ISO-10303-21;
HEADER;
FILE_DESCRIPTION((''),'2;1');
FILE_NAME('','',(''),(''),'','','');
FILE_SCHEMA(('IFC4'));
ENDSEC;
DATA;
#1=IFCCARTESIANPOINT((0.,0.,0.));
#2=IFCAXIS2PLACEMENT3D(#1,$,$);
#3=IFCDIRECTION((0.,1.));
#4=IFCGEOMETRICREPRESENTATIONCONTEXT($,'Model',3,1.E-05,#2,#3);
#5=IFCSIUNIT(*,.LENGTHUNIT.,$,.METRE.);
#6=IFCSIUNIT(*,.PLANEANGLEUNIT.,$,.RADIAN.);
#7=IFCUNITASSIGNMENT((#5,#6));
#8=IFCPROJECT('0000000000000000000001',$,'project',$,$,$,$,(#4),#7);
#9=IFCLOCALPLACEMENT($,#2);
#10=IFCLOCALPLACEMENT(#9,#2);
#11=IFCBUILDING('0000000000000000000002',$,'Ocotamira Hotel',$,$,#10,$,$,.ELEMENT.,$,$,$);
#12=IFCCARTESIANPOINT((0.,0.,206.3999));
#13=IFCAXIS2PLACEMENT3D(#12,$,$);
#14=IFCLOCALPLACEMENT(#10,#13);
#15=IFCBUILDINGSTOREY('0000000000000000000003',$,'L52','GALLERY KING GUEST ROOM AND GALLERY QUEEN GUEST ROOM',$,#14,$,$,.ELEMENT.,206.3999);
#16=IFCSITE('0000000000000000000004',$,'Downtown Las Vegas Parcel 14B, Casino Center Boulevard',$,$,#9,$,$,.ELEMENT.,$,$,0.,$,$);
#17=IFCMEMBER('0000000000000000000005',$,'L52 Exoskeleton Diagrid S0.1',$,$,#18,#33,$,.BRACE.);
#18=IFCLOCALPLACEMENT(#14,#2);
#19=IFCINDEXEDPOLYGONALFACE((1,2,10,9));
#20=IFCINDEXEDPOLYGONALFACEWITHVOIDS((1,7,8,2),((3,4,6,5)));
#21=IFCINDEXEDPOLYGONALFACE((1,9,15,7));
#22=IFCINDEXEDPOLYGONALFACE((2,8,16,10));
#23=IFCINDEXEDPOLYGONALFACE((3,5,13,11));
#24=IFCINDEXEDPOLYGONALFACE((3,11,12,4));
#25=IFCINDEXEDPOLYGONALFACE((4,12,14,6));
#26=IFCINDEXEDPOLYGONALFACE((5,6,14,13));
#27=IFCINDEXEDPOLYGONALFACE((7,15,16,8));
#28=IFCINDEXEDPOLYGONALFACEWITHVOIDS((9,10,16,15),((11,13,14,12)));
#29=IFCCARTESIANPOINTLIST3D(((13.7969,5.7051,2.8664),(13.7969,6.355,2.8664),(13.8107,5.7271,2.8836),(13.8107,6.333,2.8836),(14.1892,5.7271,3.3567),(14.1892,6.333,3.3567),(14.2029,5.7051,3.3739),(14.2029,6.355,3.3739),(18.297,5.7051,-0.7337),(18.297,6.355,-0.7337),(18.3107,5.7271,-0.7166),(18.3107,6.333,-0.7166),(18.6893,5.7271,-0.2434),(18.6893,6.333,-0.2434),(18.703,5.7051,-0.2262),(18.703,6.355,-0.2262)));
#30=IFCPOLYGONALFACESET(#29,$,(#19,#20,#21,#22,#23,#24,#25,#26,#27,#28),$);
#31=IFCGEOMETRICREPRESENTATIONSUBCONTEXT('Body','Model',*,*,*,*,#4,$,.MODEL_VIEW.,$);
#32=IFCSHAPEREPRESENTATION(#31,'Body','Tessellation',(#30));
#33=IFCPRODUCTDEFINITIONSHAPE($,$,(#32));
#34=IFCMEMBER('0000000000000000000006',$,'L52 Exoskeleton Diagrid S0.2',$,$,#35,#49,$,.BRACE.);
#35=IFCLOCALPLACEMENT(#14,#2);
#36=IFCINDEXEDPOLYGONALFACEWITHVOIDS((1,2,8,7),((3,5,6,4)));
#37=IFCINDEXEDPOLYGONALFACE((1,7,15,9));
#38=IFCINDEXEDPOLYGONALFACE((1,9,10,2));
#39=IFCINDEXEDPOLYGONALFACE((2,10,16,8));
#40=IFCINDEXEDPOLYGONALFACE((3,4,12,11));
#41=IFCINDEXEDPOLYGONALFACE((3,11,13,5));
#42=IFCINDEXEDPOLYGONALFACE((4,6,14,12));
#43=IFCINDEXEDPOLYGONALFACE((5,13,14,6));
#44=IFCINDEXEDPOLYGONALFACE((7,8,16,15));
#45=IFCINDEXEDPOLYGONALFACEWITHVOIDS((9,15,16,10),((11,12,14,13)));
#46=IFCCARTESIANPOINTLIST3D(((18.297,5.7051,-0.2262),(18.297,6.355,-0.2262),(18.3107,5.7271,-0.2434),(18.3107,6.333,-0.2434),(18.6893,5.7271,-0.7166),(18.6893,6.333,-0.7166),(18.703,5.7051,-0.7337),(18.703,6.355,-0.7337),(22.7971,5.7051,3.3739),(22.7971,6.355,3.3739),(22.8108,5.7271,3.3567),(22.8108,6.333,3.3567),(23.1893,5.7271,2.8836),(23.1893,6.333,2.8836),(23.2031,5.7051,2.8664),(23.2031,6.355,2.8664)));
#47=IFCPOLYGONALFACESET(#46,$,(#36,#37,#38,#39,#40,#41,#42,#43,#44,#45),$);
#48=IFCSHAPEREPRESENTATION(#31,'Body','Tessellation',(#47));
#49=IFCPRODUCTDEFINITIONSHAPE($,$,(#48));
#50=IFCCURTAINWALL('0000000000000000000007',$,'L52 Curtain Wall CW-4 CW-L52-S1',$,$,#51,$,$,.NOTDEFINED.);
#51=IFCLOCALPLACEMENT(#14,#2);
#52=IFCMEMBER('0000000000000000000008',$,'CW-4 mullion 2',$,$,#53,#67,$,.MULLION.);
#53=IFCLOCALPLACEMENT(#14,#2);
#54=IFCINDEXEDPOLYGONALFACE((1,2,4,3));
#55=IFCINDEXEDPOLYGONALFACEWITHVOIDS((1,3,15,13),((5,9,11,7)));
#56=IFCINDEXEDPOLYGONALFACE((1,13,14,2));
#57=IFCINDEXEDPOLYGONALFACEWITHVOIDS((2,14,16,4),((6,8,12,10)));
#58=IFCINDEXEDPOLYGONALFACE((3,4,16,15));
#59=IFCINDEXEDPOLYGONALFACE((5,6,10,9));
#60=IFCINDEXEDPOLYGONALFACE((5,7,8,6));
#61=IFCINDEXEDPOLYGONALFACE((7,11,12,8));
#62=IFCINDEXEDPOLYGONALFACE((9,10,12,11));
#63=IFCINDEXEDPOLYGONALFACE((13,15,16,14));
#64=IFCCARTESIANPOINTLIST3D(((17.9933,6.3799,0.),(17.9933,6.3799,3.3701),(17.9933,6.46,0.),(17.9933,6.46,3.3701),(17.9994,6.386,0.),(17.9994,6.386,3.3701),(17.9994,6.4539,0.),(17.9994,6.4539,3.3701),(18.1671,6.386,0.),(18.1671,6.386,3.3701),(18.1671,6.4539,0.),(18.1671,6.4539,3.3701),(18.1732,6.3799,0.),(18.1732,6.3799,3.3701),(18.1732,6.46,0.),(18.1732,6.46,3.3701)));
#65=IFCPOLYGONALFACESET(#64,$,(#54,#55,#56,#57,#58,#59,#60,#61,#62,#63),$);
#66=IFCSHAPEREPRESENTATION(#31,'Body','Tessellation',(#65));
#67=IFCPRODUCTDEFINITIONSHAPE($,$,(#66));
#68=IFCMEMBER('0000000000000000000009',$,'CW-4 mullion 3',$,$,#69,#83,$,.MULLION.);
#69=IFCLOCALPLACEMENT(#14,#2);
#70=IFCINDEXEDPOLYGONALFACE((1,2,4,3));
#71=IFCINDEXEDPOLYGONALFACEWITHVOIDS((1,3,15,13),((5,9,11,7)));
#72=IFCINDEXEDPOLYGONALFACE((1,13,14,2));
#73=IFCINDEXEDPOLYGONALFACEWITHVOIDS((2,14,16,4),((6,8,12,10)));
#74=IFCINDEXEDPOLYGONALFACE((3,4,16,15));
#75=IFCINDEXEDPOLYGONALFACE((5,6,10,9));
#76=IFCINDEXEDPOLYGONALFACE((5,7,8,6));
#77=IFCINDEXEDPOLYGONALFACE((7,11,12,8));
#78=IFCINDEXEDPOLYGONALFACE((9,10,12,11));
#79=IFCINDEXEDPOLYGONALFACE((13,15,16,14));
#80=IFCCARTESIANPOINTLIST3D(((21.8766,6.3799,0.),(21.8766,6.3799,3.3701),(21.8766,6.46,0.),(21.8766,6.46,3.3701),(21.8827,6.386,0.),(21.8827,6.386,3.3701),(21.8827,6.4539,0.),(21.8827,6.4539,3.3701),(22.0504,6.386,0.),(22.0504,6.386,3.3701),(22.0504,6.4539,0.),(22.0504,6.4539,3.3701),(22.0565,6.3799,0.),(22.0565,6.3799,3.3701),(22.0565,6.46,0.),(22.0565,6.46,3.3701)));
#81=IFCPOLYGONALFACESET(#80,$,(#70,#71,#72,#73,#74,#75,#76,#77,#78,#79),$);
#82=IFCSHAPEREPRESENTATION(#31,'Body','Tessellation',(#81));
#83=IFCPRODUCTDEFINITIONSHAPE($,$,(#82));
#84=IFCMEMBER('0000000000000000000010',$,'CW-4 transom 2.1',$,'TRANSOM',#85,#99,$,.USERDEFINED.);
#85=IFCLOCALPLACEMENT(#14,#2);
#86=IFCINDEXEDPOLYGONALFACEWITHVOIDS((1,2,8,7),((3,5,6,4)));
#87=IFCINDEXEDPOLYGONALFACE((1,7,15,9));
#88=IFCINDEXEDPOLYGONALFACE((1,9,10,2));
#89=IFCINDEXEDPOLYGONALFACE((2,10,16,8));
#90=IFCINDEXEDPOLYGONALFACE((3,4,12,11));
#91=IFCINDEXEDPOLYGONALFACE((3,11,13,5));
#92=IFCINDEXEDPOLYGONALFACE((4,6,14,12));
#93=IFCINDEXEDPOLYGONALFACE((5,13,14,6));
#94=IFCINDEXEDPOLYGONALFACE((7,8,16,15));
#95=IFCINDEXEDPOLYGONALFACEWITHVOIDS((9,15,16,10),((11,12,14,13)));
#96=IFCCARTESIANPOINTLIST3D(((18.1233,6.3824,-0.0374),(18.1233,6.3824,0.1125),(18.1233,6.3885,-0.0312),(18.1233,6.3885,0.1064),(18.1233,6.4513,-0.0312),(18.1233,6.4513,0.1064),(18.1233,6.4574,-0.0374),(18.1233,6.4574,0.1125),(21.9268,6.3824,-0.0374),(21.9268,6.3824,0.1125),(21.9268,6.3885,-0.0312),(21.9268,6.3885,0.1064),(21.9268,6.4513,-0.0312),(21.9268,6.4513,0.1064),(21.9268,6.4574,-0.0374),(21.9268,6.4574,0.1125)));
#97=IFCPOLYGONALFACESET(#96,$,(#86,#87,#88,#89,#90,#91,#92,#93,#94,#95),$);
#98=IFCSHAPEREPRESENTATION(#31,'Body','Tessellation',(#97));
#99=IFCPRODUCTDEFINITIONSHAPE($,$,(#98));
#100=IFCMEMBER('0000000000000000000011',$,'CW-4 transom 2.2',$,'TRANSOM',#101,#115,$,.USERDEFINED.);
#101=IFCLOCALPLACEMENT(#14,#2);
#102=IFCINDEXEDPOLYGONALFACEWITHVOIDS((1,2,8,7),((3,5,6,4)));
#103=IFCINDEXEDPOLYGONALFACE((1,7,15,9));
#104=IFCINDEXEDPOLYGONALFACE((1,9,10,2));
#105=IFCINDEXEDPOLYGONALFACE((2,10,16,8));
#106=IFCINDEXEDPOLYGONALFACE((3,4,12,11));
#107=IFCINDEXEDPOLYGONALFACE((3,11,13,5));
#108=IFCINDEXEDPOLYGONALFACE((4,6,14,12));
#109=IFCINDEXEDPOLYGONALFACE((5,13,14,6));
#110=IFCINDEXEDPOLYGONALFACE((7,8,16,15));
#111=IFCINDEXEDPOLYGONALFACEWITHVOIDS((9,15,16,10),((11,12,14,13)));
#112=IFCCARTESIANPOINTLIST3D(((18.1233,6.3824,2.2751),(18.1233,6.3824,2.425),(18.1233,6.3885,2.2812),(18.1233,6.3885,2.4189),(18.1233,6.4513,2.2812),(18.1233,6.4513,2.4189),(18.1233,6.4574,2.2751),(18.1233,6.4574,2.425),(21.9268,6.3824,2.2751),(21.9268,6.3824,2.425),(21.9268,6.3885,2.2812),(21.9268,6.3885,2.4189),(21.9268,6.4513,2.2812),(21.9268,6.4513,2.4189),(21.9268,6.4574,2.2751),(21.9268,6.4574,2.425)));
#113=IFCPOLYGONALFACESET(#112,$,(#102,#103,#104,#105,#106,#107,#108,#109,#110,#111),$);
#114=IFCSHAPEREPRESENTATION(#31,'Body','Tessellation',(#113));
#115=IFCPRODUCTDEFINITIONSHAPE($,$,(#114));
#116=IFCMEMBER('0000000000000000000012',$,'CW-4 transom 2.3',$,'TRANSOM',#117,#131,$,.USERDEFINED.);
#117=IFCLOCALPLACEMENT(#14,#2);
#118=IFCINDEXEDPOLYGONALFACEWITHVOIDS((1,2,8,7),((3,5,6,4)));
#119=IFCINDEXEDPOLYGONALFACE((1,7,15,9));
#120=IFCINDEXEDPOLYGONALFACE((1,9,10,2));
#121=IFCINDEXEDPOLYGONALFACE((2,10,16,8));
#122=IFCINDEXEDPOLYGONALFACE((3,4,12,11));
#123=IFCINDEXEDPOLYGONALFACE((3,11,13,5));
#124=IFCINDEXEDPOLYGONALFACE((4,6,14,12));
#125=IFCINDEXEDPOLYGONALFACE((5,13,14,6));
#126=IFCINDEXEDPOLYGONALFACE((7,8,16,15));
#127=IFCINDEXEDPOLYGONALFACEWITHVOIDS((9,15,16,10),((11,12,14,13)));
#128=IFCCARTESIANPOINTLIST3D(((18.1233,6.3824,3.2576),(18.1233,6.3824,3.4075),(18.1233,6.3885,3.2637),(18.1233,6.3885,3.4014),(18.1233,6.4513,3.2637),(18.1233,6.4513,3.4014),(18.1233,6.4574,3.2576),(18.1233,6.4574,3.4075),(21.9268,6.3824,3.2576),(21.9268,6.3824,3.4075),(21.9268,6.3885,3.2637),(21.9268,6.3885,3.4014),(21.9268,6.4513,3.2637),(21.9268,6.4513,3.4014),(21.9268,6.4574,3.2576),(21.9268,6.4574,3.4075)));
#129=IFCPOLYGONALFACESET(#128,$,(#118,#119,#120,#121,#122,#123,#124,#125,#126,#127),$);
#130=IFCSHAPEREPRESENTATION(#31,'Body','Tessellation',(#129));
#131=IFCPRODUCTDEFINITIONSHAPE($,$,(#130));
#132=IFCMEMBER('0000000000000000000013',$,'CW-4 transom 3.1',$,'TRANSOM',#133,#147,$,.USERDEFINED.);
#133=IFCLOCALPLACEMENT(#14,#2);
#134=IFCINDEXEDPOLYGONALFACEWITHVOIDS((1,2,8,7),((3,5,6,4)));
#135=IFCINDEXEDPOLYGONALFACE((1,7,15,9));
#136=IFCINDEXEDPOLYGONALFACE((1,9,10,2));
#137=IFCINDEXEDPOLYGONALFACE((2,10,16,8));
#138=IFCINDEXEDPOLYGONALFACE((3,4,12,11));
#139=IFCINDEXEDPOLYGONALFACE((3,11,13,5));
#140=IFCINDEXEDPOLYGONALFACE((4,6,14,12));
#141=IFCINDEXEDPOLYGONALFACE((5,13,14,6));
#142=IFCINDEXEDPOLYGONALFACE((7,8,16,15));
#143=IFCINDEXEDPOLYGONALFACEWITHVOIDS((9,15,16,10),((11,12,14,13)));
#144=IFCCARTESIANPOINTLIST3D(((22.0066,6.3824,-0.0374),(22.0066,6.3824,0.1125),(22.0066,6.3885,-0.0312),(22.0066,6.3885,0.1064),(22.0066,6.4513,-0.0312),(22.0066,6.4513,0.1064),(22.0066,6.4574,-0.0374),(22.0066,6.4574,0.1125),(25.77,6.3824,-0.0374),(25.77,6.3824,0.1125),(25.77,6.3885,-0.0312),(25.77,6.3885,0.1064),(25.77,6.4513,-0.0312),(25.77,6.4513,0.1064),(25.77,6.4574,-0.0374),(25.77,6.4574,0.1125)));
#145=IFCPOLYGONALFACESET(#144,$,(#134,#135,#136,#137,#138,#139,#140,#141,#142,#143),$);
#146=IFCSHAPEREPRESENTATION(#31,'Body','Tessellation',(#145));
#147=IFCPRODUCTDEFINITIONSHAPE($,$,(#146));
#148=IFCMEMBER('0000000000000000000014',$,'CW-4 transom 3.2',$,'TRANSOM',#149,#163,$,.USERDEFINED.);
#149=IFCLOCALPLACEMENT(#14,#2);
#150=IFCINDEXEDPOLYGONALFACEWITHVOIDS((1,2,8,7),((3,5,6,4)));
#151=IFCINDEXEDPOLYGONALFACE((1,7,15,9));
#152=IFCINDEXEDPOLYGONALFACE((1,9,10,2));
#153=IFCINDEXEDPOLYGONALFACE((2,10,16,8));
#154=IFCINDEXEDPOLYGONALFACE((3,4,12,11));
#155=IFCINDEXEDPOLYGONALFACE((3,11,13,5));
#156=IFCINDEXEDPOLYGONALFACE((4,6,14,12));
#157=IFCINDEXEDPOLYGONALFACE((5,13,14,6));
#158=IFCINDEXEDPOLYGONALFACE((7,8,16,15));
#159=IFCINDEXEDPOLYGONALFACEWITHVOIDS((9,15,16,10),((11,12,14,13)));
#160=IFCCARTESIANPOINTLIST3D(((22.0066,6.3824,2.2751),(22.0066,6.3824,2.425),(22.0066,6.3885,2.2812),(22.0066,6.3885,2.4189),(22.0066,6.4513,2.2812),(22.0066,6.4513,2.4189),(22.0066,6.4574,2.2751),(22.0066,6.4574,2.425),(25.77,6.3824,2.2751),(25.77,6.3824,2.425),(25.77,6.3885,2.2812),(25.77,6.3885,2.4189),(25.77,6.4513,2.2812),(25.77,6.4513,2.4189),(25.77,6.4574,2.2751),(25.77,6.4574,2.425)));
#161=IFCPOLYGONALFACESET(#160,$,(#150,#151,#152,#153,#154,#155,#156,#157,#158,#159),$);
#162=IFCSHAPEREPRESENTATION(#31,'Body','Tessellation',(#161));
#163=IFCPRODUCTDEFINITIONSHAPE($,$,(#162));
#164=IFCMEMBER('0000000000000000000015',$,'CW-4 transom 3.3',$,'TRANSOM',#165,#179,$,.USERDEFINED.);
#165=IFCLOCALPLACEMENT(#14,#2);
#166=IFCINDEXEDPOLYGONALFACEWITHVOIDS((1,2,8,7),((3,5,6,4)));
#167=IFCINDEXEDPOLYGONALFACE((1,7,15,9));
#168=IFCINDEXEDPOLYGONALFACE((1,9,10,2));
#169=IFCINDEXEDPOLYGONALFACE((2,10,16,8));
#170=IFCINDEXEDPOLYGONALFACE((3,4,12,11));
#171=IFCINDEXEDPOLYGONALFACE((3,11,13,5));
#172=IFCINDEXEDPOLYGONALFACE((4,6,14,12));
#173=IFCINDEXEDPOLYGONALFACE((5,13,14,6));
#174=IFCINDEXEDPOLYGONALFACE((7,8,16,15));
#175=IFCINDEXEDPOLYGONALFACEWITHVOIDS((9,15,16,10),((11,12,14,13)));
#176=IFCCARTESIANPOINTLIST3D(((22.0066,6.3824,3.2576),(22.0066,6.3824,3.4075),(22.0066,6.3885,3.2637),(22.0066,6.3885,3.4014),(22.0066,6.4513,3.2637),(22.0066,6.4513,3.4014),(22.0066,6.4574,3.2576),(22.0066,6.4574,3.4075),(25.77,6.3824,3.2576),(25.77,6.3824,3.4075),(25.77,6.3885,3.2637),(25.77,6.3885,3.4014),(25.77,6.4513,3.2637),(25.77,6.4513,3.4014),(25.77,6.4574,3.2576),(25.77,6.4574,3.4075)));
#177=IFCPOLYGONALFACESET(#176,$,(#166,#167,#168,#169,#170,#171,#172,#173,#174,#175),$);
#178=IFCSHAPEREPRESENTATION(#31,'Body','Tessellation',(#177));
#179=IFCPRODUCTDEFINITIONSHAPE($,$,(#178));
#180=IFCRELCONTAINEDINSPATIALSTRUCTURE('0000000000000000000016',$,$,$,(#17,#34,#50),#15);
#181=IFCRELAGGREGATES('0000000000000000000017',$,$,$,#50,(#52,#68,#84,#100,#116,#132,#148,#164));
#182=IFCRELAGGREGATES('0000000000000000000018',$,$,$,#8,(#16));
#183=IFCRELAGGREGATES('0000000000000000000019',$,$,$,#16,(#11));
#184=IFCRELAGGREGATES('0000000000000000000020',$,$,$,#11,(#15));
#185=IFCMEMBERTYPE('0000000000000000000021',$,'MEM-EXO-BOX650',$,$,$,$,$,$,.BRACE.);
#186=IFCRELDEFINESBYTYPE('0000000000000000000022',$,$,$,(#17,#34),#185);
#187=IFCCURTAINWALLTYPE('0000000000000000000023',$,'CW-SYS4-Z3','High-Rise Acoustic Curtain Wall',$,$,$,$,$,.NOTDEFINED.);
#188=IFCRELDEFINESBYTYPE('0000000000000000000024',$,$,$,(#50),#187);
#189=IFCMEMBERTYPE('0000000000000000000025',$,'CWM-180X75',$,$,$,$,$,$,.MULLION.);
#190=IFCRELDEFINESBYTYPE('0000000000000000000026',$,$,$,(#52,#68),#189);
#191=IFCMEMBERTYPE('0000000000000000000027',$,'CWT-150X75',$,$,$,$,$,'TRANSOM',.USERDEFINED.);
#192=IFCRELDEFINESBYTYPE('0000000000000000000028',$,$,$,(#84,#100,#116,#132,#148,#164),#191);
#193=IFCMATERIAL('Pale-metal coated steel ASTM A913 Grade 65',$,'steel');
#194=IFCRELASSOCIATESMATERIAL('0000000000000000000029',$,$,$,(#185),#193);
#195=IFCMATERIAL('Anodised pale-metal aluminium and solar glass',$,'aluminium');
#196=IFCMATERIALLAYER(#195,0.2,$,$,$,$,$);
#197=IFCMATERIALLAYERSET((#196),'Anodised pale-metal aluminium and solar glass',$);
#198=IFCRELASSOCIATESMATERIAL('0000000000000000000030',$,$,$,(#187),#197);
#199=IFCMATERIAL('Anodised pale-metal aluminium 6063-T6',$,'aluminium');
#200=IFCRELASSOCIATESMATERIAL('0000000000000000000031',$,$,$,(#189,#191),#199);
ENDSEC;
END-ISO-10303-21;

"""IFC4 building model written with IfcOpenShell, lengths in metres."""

from ifc_helpers import new_model, si_unit, direction, frame, origin, origin_2d, place, context, subcontext, project, spatial, hollow_rectangle, extrude, source, transform, mapped, material, layer, layer_set, material_profile, profile_set, type_object, element, aggregate, save


model = new_model("IFC4")

# Units and contexts
model_context = context("Model", 3, precision=1e-05, world=origin(), true_north=direction((0.0, 1.0)))
body_context = subcontext(model_context, "Body", "Model", "MODEL_VIEW")
ifc_project = project(units=[si_unit("LENGTHUNIT", "METRE"), si_unit("PLANEANGLEUNIT", "RADIAN")], contexts=[model_context])

# Site, building, storey
site_placement = place(None, origin())
site = spatial("IfcSite", under=ifc_project, at=site_placement, Name="Downtown Las Vegas Parcel 14B, Casino Center Boulevard", CompositionType="ELEMENT", RefElevation=0.0)
building_placement = place(site_placement, origin())
building = spatial("IfcBuilding", under=site, at=building_placement, Name="Ocotamira Hotel", CompositionType="ELEMENT")
storey_placement = place(building_placement, frame((0.0, 0.0, 206.3999)))
storey = spatial("IfcBuildingStorey", under=building, at=storey_placement, Name="L52", Description="GALLERY KING GUEST ROOM AND GALLERY QUEEN GUEST ROOM", CompositionType="ELEMENT", Elevation=206.3999)

# Members
ifc_material_1 = material(Name="Pale-metal coated steel ASTM A913 Grade 65", Category="steel")
ifc_material_profile_1 = material_profile(ifc_material_1, hollow_rectangle(XDim=0.6499, YDim=0.6499, WallThickness=0.022, at=origin_2d()), Name="BOX650X650X22")
ifc_profile_set_1 = profile_set([ifc_material_profile_1], Name="Pale-metal coated steel ASTM A913 Grade 65")
member_type_1 = type_object("IfcMemberType", Name="MEM-EXO-BOX650", PredefinedType="BRACE", material=ifc_profile_set_1)
shared_shape_1 = source(origin(), body_context, "Body", "SweptSolid", [
    extrude(hollow_rectangle(XDim=0.6499, YDim=0.6499, WallThickness=0.022, at=origin_2d()), origin(), (0.0, 0.0, 1.0), 5.7629),
])
for number, where, z_axis, x_axis, name in (
    (1, (18.5, 6.03, -0.48), (-0.780861, 0.0, 0.624705), (0.0, -1.0, 0.0), "L52 Exoskeleton Diagrid S0.1"),
    (2, (18.5, 6.03, -0.48), (0.780861, 0.0, 0.624705), (0.0, 1.0, 0.0), "L52 Exoskeleton Diagrid S0.2"),
):
    element("IfcMember", number, at=place(storey_placement, frame(where, z_axis=z_axis, x_axis=x_axis)), inside=storey, type_object=member_type_1, Name=name, PredefinedType="BRACE", context=body_context, shape_type="MappedRepresentation", body=[
        mapped(shared_shape_1, transform((0.0, 0.0, 0.0), scale=1.0)),
    ])

# Curtain wall, members
ifc_material_2 = material(Name="Anodised pale-metal aluminium and solar glass", Category="aluminium")
ifc_layer_1 = layer(ifc_material_2, 0.2)
ifc_layer_set_1 = layer_set([ifc_layer_1], Name="Anodised pale-metal aluminium and solar glass")
curtain_wall_type = type_object("IfcCurtainWallType", Name="CW-SYS4-Z3", Description="High-Rise Acoustic Curtain Wall", PredefinedType="NOTDEFINED", material=ifc_layer_set_1)
curtain_wall_placement = place(storey_placement, origin())
curtain_wall = element("IfcCurtainWall", 3, at=curtain_wall_placement, inside=storey, type_object=curtain_wall_type, Name="L52 Curtain Wall CW-4 CW-L52-S1", PredefinedType="NOTDEFINED")
ifc_material_3 = material(Name="Anodised pale-metal aluminium 6063-T6", Category="aluminium")
ifc_material_profile_2 = material_profile(ifc_material_3, hollow_rectangle(XDim=0.0801, YDim=0.1799, WallThickness=0.0061, at=origin_2d()), Name="HSS180X80X6")
ifc_profile_set_2 = profile_set([ifc_material_profile_2], Name="Anodised pale-metal aluminium 6063-T6")
member_type_2 = type_object("IfcMemberType", Name="CWM-180X75", PredefinedType="MULLION", material=ifc_profile_set_2)
shared_shape_2 = source(origin(), body_context, "Body", "SweptSolid", [
    extrude(hollow_rectangle(XDim=0.0801, YDim=0.1799, WallThickness=0.0061, at=origin_2d()), origin(), (0.0, 0.0, 1.0), 3.3701),
])
member_1_placement = place(storey_placement, frame((18.0833, 6.4199, 0.0), z_axis=(0.0, 0.0, 1.0), x_axis=(0.0, 1.0, 0.0)))
member_1 = element("IfcMember", 4, at=member_1_placement, type_object=member_type_2, Name="CW-4 mullion 2", PredefinedType="MULLION", context=body_context, shape_type="MappedRepresentation", body=[
    mapped(shared_shape_2, transform((0.0, 0.0, 0.0), scale=1.0)),
])
member_2_placement = place(storey_placement, frame((21.9666, 6.4199, 0.0), z_axis=(0.0, 0.0, 1.0), x_axis=(0.0, 1.0, 0.0)))
member_2 = element("IfcMember", 5, at=member_2_placement, type_object=member_type_2, Name="CW-4 mullion 3", PredefinedType="MULLION", context=body_context, shape_type="MappedRepresentation", body=[
    mapped(shared_shape_2, transform((0.0, 0.0, 0.0), scale=1.0)),
])
ifc_material_profile_3 = material_profile(ifc_material_3, hollow_rectangle(XDim=0.075, YDim=0.1499, WallThickness=0.0061, at=origin_2d()), Name="HSS150X75X6")
ifc_profile_set_3 = profile_set([ifc_material_profile_3], Name="Anodised pale-metal aluminium 6063-T6")
member_type_3 = type_object("IfcMemberType", Name="CWT-150X75", ElementType="TRANSOM", PredefinedType="USERDEFINED", material=ifc_profile_set_3)
shared_shape_3 = source(origin(), body_context, "Body", "SweptSolid", [
    extrude(hollow_rectangle(XDim=0.075, YDim=0.1499, WallThickness=0.0061, at=origin_2d()), origin(), (0.0, 0.0, 1.0), 3.8035),
])
member_3_placement = place(storey_placement, frame((18.1233, 6.4199, 0.0376), z_axis=(1.0, 0.0, 0.0), x_axis=(0.0, 1.0, 0.0)))
member_3 = element("IfcMember", 6, at=member_3_placement, type_object=member_type_3, Name="CW-4 transom 2.1", ObjectType="TRANSOM", PredefinedType="USERDEFINED", context=body_context, shape_type="MappedRepresentation", body=[
    mapped(shared_shape_3, transform((0.0, 0.0, 0.0), scale=1.0)),
])
member_4_placement = place(storey_placement, frame((18.1233, 6.4199, 2.3501), z_axis=(1.0, 0.0, 0.0), x_axis=(0.0, 1.0, 0.0)))
member_4 = element("IfcMember", 7, at=member_4_placement, type_object=member_type_3, Name="CW-4 transom 2.2", ObjectType="TRANSOM", PredefinedType="USERDEFINED", context=body_context, shape_type="MappedRepresentation", body=[
    mapped(shared_shape_3, transform((0.0, 0.0, 0.0), scale=1.0)),
])
member_5_placement = place(storey_placement, frame((18.1233, 6.4199, 3.3325), z_axis=(1.0, 0.0, 0.0), x_axis=(0.0, 1.0, 0.0)))
member_5 = element("IfcMember", 8, at=member_5_placement, type_object=member_type_3, Name="CW-4 transom 2.3", ObjectType="TRANSOM", PredefinedType="USERDEFINED", context=body_context, shape_type="MappedRepresentation", body=[
    mapped(shared_shape_3, transform((0.0, 0.0, 0.0), scale=1.0)),
])
shared_shape_4 = source(origin(), body_context, "Body", "SweptSolid", [
    extrude(hollow_rectangle(XDim=0.075, YDim=0.1499, WallThickness=0.0061, at=origin_2d()), origin(), (0.0, 0.0, 1.0), 3.7634),
])
member_6_placement = place(storey_placement, frame((22.0066, 6.4199, 0.0376), z_axis=(1.0, 0.0, 0.0), x_axis=(0.0, 1.0, 0.0)))
member_6 = element("IfcMember", 9, at=member_6_placement, type_object=member_type_3, Name="CW-4 transom 3.1", ObjectType="TRANSOM", PredefinedType="USERDEFINED", context=body_context, shape_type="MappedRepresentation", body=[
    mapped(shared_shape_4, transform((0.0, 0.0, 0.0), scale=1.0)),
])
member_7_placement = place(storey_placement, frame((22.0066, 6.4199, 2.3501), z_axis=(1.0, 0.0, 0.0), x_axis=(0.0, 1.0, 0.0)))
member_7 = element("IfcMember", 10, at=member_7_placement, type_object=member_type_3, Name="CW-4 transom 3.2", ObjectType="TRANSOM", PredefinedType="USERDEFINED", context=body_context, shape_type="MappedRepresentation", body=[
    mapped(shared_shape_4, transform((0.0, 0.0, 0.0), scale=1.0)),
])
member_8_placement = place(storey_placement, frame((22.0066, 6.4199, 3.3325), z_axis=(1.0, 0.0, 0.0), x_axis=(0.0, 1.0, 0.0)))
member_8 = element("IfcMember", 11, at=member_8_placement, type_object=member_type_3, Name="CW-4 transom 3.3", ObjectType="TRANSOM", PredefinedType="USERDEFINED", context=body_context, shape_type="MappedRepresentation", body=[
    mapped(shared_shape_4, transform((0.0, 0.0, 0.0), scale=1.0)),
])

aggregate(curtain_wall, [member_1, member_2, member_3, member_4, member_5, member_6, member_7, member_8])

save(model, "model.ifc")
